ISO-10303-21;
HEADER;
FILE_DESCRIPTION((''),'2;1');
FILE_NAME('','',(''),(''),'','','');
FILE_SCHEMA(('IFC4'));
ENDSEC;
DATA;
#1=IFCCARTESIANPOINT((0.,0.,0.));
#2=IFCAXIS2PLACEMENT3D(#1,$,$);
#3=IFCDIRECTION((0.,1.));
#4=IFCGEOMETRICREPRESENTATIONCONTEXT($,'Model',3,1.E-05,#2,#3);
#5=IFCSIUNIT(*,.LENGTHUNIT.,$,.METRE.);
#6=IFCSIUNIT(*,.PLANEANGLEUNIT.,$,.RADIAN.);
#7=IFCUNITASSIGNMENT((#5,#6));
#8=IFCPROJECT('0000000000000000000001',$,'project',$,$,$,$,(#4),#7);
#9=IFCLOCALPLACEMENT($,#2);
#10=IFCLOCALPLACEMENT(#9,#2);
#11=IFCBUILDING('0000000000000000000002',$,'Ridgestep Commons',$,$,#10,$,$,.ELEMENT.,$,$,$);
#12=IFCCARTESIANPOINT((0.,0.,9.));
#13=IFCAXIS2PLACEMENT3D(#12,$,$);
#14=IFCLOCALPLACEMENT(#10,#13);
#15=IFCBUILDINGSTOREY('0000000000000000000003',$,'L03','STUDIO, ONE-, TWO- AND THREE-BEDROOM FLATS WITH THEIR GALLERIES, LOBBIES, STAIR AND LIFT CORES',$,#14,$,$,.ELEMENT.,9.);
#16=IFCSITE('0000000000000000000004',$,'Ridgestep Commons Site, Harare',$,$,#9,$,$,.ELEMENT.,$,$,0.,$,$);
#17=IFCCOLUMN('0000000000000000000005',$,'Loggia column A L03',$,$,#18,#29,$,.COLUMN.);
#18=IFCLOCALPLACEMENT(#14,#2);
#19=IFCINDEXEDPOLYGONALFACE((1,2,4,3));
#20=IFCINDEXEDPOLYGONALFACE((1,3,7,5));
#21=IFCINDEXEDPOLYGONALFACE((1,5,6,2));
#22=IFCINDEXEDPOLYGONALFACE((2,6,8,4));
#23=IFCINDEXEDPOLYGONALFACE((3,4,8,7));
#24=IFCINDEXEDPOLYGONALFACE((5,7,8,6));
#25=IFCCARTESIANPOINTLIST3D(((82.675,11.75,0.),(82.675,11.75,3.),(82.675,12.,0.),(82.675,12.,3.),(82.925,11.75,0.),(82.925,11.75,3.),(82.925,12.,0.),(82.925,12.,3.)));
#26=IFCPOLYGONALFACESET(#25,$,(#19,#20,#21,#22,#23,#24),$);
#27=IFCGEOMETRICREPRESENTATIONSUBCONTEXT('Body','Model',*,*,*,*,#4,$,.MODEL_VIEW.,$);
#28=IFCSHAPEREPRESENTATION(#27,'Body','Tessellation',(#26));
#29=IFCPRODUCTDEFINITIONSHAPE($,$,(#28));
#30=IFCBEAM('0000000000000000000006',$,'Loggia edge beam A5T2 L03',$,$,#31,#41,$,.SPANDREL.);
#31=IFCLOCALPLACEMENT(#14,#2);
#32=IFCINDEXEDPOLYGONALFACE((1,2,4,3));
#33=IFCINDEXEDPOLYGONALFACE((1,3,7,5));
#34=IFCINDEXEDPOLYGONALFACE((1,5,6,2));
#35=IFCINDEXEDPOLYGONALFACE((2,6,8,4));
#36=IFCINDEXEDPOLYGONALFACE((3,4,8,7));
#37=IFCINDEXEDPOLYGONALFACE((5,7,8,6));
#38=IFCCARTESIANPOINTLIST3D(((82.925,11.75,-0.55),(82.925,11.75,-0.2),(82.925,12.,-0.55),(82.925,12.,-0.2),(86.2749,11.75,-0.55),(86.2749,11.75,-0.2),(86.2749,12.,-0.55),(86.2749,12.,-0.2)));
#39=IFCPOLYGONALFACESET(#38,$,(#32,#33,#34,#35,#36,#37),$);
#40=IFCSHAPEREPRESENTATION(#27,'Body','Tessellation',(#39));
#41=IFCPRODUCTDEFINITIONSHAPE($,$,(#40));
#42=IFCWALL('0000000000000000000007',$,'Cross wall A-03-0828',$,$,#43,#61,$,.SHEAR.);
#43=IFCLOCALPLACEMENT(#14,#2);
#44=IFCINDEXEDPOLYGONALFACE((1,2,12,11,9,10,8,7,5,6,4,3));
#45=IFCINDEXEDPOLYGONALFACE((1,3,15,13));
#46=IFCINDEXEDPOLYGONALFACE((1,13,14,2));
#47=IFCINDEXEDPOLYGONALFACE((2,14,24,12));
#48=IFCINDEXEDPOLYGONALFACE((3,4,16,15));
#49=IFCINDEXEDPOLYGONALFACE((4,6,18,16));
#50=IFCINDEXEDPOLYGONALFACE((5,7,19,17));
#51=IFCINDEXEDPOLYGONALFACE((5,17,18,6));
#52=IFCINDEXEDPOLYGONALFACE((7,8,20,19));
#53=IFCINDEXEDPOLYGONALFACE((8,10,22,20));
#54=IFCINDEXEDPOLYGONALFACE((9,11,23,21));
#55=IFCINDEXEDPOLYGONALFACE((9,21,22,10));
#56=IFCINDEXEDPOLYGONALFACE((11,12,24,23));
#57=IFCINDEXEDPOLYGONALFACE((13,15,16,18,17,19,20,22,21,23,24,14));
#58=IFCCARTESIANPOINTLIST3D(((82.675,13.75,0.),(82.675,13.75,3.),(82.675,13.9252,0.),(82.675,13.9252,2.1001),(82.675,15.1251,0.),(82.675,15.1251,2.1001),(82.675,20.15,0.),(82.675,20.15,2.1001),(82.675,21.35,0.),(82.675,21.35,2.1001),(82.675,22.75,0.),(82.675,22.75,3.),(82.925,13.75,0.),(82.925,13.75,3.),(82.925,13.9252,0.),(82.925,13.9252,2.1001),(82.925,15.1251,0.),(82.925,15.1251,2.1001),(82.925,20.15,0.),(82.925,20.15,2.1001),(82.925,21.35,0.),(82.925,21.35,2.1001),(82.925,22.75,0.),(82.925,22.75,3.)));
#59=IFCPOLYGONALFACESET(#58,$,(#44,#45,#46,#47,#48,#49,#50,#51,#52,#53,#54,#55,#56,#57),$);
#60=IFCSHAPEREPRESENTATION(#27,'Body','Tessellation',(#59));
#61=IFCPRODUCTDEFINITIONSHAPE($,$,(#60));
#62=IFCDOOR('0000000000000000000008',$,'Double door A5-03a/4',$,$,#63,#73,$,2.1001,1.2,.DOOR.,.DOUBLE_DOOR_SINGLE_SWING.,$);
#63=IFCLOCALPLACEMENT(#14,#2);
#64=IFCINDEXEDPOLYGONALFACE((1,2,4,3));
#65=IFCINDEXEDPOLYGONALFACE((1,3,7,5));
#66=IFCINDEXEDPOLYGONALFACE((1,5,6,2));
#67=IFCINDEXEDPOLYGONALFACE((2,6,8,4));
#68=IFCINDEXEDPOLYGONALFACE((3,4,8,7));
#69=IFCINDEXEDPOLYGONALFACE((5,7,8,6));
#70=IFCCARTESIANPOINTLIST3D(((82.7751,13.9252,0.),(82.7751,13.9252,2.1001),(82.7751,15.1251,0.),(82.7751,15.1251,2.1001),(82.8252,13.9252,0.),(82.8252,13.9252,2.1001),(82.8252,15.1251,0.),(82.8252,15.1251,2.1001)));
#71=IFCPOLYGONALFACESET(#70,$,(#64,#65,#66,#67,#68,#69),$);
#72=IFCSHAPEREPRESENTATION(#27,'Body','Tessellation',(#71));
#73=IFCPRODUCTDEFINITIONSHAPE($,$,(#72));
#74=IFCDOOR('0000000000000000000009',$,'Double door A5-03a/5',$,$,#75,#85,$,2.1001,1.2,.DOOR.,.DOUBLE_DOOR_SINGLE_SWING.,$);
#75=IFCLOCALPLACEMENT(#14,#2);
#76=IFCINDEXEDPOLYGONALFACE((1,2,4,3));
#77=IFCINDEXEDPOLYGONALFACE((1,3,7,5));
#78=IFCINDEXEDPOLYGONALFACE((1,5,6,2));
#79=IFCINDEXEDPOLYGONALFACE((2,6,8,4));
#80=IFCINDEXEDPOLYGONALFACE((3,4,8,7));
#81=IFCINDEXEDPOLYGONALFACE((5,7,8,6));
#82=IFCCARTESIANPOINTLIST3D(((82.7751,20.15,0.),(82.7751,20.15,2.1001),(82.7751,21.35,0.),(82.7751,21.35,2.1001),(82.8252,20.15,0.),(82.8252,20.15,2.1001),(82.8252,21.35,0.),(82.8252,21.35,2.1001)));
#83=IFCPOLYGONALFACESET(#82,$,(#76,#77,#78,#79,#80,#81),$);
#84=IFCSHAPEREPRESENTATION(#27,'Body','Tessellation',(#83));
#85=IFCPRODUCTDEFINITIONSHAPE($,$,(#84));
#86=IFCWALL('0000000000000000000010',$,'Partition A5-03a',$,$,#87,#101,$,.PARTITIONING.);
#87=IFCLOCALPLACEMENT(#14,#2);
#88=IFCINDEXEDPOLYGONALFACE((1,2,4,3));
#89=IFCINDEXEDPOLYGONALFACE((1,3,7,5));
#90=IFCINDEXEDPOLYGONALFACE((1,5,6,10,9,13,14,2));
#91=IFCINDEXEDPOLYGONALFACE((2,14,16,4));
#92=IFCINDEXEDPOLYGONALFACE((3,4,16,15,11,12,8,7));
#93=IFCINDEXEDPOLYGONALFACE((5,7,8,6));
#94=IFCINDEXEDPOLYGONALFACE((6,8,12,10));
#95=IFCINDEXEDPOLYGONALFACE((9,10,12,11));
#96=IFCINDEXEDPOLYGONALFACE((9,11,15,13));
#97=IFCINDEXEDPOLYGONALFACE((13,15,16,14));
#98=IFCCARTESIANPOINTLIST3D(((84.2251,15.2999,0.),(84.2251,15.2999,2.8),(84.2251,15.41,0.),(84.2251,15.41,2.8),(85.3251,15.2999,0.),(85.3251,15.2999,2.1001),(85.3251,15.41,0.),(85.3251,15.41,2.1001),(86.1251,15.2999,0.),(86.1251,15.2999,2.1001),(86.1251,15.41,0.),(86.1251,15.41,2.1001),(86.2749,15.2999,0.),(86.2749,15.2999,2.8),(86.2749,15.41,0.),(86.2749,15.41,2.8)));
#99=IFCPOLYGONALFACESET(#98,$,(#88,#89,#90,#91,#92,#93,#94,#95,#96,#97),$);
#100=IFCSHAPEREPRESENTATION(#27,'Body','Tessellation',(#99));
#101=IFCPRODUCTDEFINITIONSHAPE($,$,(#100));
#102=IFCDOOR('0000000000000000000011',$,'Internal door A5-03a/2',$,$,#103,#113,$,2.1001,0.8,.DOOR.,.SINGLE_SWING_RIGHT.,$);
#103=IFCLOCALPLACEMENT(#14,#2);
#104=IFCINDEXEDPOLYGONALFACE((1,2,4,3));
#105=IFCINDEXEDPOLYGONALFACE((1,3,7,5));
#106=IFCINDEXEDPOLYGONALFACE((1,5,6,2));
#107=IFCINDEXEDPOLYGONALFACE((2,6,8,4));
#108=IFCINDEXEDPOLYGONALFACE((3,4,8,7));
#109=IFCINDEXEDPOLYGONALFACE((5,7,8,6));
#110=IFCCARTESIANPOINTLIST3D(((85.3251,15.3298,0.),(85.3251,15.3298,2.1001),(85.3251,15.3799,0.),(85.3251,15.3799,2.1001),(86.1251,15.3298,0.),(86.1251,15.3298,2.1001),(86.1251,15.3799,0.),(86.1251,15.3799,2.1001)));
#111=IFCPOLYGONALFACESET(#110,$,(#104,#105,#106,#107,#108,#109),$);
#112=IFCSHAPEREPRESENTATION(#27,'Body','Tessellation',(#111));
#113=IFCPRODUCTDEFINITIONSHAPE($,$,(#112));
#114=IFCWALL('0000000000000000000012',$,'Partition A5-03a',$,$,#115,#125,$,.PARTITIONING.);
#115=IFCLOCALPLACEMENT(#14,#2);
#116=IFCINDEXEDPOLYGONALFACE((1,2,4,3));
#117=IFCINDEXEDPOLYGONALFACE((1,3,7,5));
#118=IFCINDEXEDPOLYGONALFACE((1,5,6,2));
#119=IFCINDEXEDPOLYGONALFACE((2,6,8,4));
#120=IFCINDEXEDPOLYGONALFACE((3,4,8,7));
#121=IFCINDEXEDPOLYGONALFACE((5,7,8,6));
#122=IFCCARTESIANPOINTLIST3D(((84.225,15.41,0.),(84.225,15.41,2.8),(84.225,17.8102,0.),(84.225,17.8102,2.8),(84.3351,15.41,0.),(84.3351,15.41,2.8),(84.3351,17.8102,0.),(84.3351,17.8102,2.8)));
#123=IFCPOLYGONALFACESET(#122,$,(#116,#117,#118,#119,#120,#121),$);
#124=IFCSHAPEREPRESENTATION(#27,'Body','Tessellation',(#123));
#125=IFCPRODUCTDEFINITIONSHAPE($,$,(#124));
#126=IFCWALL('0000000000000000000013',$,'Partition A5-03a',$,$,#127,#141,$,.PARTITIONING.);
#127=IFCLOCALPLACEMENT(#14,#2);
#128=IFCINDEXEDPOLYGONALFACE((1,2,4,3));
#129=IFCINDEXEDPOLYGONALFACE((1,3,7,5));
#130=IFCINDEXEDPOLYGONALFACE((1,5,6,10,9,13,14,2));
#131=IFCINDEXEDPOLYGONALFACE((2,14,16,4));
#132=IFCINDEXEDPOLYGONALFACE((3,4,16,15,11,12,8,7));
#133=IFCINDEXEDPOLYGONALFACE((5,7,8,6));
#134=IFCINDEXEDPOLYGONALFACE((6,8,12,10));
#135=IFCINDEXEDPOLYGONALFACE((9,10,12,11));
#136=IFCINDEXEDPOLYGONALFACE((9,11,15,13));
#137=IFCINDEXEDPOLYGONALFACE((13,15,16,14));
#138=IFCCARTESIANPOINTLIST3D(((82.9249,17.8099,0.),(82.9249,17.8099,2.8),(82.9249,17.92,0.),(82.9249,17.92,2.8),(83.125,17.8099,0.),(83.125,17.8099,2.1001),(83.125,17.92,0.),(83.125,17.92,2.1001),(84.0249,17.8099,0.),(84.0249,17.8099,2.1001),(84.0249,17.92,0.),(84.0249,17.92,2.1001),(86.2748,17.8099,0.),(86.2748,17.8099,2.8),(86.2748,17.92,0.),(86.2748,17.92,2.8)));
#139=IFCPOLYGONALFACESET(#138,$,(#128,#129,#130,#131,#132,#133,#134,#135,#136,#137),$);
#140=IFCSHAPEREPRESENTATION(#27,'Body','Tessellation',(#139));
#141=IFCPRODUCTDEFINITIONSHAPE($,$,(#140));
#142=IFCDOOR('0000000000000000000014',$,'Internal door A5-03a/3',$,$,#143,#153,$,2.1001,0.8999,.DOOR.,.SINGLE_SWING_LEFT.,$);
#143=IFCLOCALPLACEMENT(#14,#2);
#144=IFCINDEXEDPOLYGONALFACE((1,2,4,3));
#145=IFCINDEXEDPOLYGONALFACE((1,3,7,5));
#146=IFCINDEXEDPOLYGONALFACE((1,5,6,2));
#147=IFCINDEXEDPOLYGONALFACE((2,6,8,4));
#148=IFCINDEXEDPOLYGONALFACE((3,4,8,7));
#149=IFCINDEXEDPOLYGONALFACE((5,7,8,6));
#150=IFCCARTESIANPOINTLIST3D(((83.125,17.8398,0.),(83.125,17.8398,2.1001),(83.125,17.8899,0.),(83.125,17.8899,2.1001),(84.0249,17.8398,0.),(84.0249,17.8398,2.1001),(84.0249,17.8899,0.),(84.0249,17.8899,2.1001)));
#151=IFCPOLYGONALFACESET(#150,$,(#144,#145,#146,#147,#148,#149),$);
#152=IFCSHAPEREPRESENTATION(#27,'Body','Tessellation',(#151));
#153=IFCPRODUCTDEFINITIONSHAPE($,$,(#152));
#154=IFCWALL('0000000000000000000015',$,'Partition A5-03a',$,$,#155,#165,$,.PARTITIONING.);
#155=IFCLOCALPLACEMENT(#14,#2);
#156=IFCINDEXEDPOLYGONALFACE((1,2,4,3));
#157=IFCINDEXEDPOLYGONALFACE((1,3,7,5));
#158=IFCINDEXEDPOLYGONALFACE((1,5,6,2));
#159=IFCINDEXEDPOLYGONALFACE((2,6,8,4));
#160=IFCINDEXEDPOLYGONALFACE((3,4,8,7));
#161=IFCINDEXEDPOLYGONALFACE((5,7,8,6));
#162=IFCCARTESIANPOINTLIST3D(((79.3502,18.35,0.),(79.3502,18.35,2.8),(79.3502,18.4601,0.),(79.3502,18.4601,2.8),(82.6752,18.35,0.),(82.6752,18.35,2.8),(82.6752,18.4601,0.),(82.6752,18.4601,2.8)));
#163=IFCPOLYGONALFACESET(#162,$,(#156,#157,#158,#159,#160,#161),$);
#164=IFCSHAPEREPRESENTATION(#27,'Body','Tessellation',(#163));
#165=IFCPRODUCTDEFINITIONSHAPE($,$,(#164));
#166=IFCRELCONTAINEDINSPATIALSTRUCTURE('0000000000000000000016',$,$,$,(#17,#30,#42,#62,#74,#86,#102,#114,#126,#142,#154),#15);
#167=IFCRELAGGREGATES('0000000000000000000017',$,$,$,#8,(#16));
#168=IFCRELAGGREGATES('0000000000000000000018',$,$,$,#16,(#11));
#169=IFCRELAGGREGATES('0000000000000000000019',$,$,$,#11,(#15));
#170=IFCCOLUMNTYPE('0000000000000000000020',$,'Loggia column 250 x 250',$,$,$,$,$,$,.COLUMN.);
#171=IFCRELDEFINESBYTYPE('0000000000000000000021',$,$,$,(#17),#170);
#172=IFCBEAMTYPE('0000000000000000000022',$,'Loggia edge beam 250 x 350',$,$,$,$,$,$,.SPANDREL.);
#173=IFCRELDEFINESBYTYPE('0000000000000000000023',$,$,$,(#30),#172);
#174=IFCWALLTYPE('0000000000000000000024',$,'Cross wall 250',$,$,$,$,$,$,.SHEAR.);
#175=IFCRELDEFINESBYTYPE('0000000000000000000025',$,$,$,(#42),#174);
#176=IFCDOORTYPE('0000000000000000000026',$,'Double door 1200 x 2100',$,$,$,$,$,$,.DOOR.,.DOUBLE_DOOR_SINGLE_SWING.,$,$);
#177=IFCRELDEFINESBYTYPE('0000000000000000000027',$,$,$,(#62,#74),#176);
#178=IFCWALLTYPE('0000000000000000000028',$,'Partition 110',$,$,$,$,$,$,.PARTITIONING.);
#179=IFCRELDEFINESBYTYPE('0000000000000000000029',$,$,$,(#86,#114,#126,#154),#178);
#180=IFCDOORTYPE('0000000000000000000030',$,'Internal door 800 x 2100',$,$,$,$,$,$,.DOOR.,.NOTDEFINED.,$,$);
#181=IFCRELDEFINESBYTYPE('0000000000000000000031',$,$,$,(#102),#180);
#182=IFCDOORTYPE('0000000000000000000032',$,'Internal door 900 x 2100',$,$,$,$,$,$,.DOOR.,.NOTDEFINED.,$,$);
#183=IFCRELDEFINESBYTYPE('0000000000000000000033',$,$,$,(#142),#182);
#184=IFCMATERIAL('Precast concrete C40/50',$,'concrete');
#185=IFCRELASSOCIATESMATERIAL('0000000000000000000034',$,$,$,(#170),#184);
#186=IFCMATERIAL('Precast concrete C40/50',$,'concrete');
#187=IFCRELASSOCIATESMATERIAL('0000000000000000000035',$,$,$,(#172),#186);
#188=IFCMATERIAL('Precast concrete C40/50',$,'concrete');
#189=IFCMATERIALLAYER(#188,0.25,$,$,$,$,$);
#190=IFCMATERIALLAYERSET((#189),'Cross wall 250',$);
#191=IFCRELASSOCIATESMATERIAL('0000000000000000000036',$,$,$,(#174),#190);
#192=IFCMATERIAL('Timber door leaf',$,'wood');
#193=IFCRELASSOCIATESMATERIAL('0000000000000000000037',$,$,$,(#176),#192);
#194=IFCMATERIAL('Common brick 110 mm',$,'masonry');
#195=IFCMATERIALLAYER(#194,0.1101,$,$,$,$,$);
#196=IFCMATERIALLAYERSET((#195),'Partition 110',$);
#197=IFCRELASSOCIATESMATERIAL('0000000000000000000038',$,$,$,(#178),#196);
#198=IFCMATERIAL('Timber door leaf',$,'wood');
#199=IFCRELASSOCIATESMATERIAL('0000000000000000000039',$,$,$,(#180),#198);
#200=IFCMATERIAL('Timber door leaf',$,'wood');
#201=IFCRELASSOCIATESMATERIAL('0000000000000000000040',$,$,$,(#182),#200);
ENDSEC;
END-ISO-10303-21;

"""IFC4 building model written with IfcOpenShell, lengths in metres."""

from ifc_helpers import new_model, si_unit, direction, frame, frame_2d, origin, origin_2d, place, context, subcontext, project, spatial, rectangle, extrude, material, layer, layer_set, material_profile, profile_set, type_object, element, fill, save


model = new_model("IFC4")

# Units and contexts
model_context = context("Model", 3, precision=1e-05, world=origin(), true_north=direction((0.0, 1.0)))
body_context = subcontext(model_context, "Body", "Model", "MODEL_VIEW")
ifc_project = project(units=[si_unit("LENGTHUNIT", "METRE"), si_unit("PLANEANGLEUNIT", "RADIAN")], contexts=[model_context])

# Site, building, storey
site_placement = place(None, origin())
site = spatial("IfcSite", under=ifc_project, at=site_placement, Name="Ridgestep Commons Site, Harare", CompositionType="ELEMENT", RefElevation=0.0)
building_placement = place(site_placement, origin())
building = spatial("IfcBuilding", under=site, at=building_placement, Name="Ridgestep Commons", CompositionType="ELEMENT")
storey_placement = place(building_placement, frame((0.0, 0.0, 9.0)))
storey = spatial("IfcBuildingStorey", under=building, at=storey_placement, Name="L03", Description="STUDIO, ONE-, TWO- AND THREE-BEDROOM FLATS WITH THEIR GALLERIES, LOBBIES, STAIR AND LIFT CORES", CompositionType="ELEMENT", Elevation=9.0)

# Column
ifc_material_1 = material(Name="Precast concrete C40/50", Category="concrete")
ifc_material_profile_1 = material_profile(ifc_material_1, rectangle(XDim=0.25, YDim=0.25, at=origin_2d()), Name="PC 250x250")
ifc_profile_set_1 = profile_set([ifc_material_profile_1], Name="Precast concrete C40/50")
column_type = type_object("IfcColumnType", Name="Loggia column 250 x 250", PredefinedType="COLUMN", material=ifc_profile_set_1)
column_placement = place(storey_placement, frame((82.8, 11.875, 0.0), z_axis=(0.0, 0.0, 1.0), x_axis=(1.0, 0.0, 0.0)))
element("IfcColumn", 1, at=column_placement, inside=storey, type_object=column_type, Name="Loggia column A L03", PredefinedType="COLUMN", context=body_context, shape_type="SweptSolid", body=[
    extrude(rectangle(XDim=0.25, YDim=0.25, at=origin_2d()), origin(), (0.0, 0.0, 1.0), 3.0),
])

# Beam
ifc_material_2 = material(Name="Precast concrete C40/50", Category="concrete")
ifc_material_profile_2 = material_profile(ifc_material_2, rectangle(XDim=0.25, YDim=0.3501, at=origin_2d()), Name="PC 250x350")
ifc_profile_set_2 = profile_set([ifc_material_profile_2], Name="Precast concrete C40/50")
beam_type = type_object("IfcBeamType", Name="Loggia edge beam 250 x 350", PredefinedType="SPANDREL", material=ifc_profile_set_2)
beam_placement = place(storey_placement, frame((82.925, 11.875, -0.375), z_axis=(1.0, 0.0, 0.0), x_axis=(0.0, 1.0, 0.0)))
element("IfcBeam", 2, at=beam_placement, inside=storey, type_object=beam_type, Name="Loggia edge beam A5T2 L03", PredefinedType="SPANDREL", context=body_context, shape_type="SweptSolid", body=[
    extrude(rectangle(XDim=0.25, YDim=0.3501, at=origin_2d()), origin(), (0.0, 0.0, 1.0), 3.3499),
])

# Wall, openings, doors
ifc_material_3 = material(Name="Precast concrete C40/50", Category="concrete")
ifc_layer_1 = layer(ifc_material_3, 0.25)
ifc_layer_set_1 = layer_set([ifc_layer_1], Name="Cross wall 250")
wall_type_1 = type_object("IfcWallType", Name="Cross wall 250", PredefinedType="SHEAR", material=ifc_layer_set_1)
wall_1_placement = place(storey_placement, frame((82.8, 13.75, 0.0), z_axis=(0.0, 0.0, 1.0), x_axis=(0.0, 1.0, 0.0)))
wall_1 = element("IfcWall", 3, at=wall_1_placement, inside=storey, type_object=wall_type_1, Name="Cross wall A-03-0828", PredefinedType="SHEAR", context=body_context, shape_type="SweptSolid", body=[
    extrude(rectangle(XDim=9.0, YDim=0.25, at=frame_2d((4.5, 0.0))), origin(), (0.0, 0.0, 1.0), 3.0),
])
opening_1_placement = place(wall_1_placement, frame((0.175, 0.0, 0.0)))
opening_1 = element("IfcOpeningElement", 4, at=opening_1_placement, cuts=wall_1, PredefinedType="OPENING", context=body_context, shape_type="SweptSolid", body=[
    extrude(rectangle(XDim=1.2, YDim=2.1001, at=frame_2d((0.6001, 1.05))), frame((0.0, 0.135, 0.0), z_axis=(0.0, -1.0, 0.0), x_axis=(1.0, 0.0, 0.0)), (0.0, 0.0, 1.0), 0.27),
])
opening_2_placement = place(wall_1_placement, frame((6.3999, 0.0, 0.0)))
opening_2 = element("IfcOpeningElement", 5, at=opening_2_placement, cuts=wall_1, PredefinedType="OPENING", context=body_context, shape_type="SweptSolid", body=[
    extrude(rectangle(XDim=1.2, YDim=2.1001, at=frame_2d((0.6001, 1.05))), frame((0.0, 0.135, 0.0), z_axis=(0.0, -1.0, 0.0), x_axis=(1.0, 0.0, 0.0)), (0.0, 0.0, 1.0), 0.27),
])
ifc_material_4 = material(Name="Timber door leaf", Category="wood")
door_type_1 = type_object("IfcDoorType", Name="Double door 1200 x 2100", OperationType="DOUBLE_DOOR_SINGLE_SWING", PredefinedType="DOOR", material=ifc_material_4)
door_1_placement = place(opening_1_placement, origin())
door_1 = element("IfcDoor", 6, at=door_1_placement, inside=storey, type_object=door_type_1, Name="Double door A5-03a/4", OperationType="DOUBLE_DOOR_SINGLE_SWING", OverallHeight=2.1001, OverallWidth=1.2, PredefinedType="DOOR", context=body_context, shape_type="SweptSolid", body=[
    extrude(rectangle(XDim=1.2, YDim=2.1001, at=frame_2d((0.6001, 1.05))), frame((0.0, 0.0249, 0.0), z_axis=(0.0, -1.0, 0.0), x_axis=(1.0, 0.0, 0.0)), (0.0, 0.0, 1.0), 0.05),
])
fill(opening_1, door_1)
door_2_placement = place(opening_2_placement, origin())
door_2 = element("IfcDoor", 7, at=door_2_placement, inside=storey, type_object=door_type_1, Name="Double door A5-03a/5", OperationType="DOUBLE_DOOR_SINGLE_SWING", OverallHeight=2.1001, OverallWidth=1.2, PredefinedType="DOOR", context=body_context, shape_type="SweptSolid", body=[
    extrude(rectangle(XDim=1.2, YDim=2.1001, at=frame_2d((0.6001, 1.05))), frame((0.0, 0.0249, 0.0), z_axis=(0.0, -1.0, 0.0), x_axis=(1.0, 0.0, 0.0)), (0.0, 0.0, 1.0), 0.05),
])
fill(opening_2, door_2)

# Wall, opening, door
ifc_material_5 = material(Name="Common brick 110 mm", Category="masonry")
ifc_layer_2 = layer(ifc_material_5, 0.1101)
ifc_layer_set_2 = layer_set([ifc_layer_2], Name="Partition 110")
wall_type_2 = type_object("IfcWallType", Name="Partition 110", PredefinedType="PARTITIONING", material=ifc_layer_set_2)
wall_2_placement = place(storey_placement, frame((84.2251, 15.355, 0.0), z_axis=(0.0, 0.0, 1.0), x_axis=(1.0, 0.0, 0.0)))
wall_2 = element("IfcWall", 8, at=wall_2_placement, inside=storey, type_object=wall_type_2, Name="Partition A5-03a", PredefinedType="PARTITIONING", context=body_context, shape_type="SweptSolid", body=[
    extrude(rectangle(XDim=2.0498, YDim=0.1101, at=frame_2d((1.0249, 0.0))), origin(), (0.0, 0.0, 1.0), 2.8),
])
opening_3_placement = place(wall_2_placement, frame((1.1001, 0.0, 0.0)))
opening_3 = element("IfcOpeningElement", 9, at=opening_3_placement, cuts=wall_2, PredefinedType="OPENING", context=body_context, shape_type="SweptSolid", body=[
    extrude(rectangle(XDim=0.8, YDim=2.1001, at=frame_2d((0.3999, 1.05))), frame((0.0, 0.0649, 0.0), z_axis=(0.0, -1.0, 0.0), x_axis=(1.0, 0.0, 0.0)), (0.0, 0.0, 1.0), 0.1301),
])
ifc_material_6 = material(Name="Timber door leaf", Category="wood")
door_type_2 = type_object("IfcDoorType", Name="Internal door 800 x 2100", OperationType="NOTDEFINED", PredefinedType="DOOR", material=ifc_material_6)
door_3_placement = place(opening_3_placement, origin())
door_3 = element("IfcDoor", 10, at=door_3_placement, inside=storey, type_object=door_type_2, Name="Internal door A5-03a/2", OperationType="SINGLE_SWING_RIGHT", OverallHeight=2.1001, OverallWidth=0.8, PredefinedType="DOOR", context=body_context, shape_type="SweptSolid", body=[
    extrude(rectangle(XDim=0.8, YDim=2.1001, at=frame_2d((0.3999, 1.05))), frame((0.0, 0.0249, 0.0), z_axis=(0.0, -1.0, 0.0), x_axis=(1.0, 0.0, 0.0)), (0.0, 0.0, 1.0), 0.05),
])
fill(opening_3, door_3)

# Wall
wall_3_placement = place(storey_placement, frame((84.28, 15.4099, 0.0), z_axis=(0.0, 0.0, 1.0), x_axis=(0.0, 1.0, 0.0)))
element("IfcWall", 11, at=wall_3_placement, inside=storey, type_object=wall_type_2, Name="Partition A5-03a", PredefinedType="PARTITIONING", context=body_context, shape_type="SweptSolid", body=[
    extrude(rectangle(XDim=2.4001, YDim=0.1101, at=frame_2d((1.2002, 0.0))), origin(), (0.0, 0.0, 1.0), 2.8),
])

# Wall, opening, door
wall_4_placement = place(storey_placement, frame((82.925, 17.865, 0.0), z_axis=(0.0, 0.0, 1.0), x_axis=(1.0, 0.0, 0.0)))
wall_4 = element("IfcWall", 12, at=wall_4_placement, inside=storey, type_object=wall_type_2, Name="Partition A5-03a", PredefinedType="PARTITIONING", context=body_context, shape_type="SweptSolid", body=[
    extrude(rectangle(XDim=3.3499, YDim=0.1101, at=frame_2d((1.6748, 0.0))), origin(), (0.0, 0.0, 1.0), 2.8),
])
opening_4_placement = place(wall_4_placement, frame((0.2, 0.0, 0.0)))
opening_4 = element("IfcOpeningElement", 13, at=opening_4_placement, cuts=wall_4, PredefinedType="OPENING", context=body_context, shape_type="SweptSolid", body=[
    extrude(rectangle(XDim=0.8999, YDim=2.1001, at=frame_2d((0.45, 1.05))), frame((0.0, 0.0649, 0.0), z_axis=(0.0, -1.0, 0.0), x_axis=(1.0, 0.0, 0.0)), (0.0, 0.0, 1.0), 0.1301),
])
ifc_material_7 = material(Name="Timber door leaf", Category="wood")
door_type_3 = type_object("IfcDoorType", Name="Internal door 900 x 2100", OperationType="NOTDEFINED", PredefinedType="DOOR", material=ifc_material_7)
door_4_placement = place(opening_4_placement, origin())
door_4 = element("IfcDoor", 14, at=door_4_placement, inside=storey, type_object=door_type_3, Name="Internal door A5-03a/3", OperationType="SINGLE_SWING_LEFT", OverallHeight=2.1001, OverallWidth=0.8999, PredefinedType="DOOR", context=body_context, shape_type="SweptSolid", body=[
    extrude(rectangle(XDim=0.8999, YDim=2.1001, at=frame_2d((0.45, 1.05))), frame((0.0, 0.0249, 0.0), z_axis=(0.0, -1.0, 0.0), x_axis=(1.0, 0.0, 0.0)), (0.0, 0.0, 1.0), 0.05),
])
fill(opening_4, door_4)

# Wall
wall_5_placement = place(storey_placement, frame((79.3501, 18.405, 0.0), z_axis=(0.0, 0.0, 1.0), x_axis=(1.0, 0.0, 0.0)))
element("IfcWall", 15, at=wall_5_placement, inside=storey, type_object=wall_type_2, Name="Partition A5-03a", PredefinedType="PARTITIONING", context=body_context, shape_type="SweptSolid", body=[
    extrude(rectangle(XDim=3.325, YDim=0.1101, at=frame_2d((1.6626, 0.0))), origin(), (0.0, 0.0, 1.0), 2.8),
])

save(model, "model.ifc")
